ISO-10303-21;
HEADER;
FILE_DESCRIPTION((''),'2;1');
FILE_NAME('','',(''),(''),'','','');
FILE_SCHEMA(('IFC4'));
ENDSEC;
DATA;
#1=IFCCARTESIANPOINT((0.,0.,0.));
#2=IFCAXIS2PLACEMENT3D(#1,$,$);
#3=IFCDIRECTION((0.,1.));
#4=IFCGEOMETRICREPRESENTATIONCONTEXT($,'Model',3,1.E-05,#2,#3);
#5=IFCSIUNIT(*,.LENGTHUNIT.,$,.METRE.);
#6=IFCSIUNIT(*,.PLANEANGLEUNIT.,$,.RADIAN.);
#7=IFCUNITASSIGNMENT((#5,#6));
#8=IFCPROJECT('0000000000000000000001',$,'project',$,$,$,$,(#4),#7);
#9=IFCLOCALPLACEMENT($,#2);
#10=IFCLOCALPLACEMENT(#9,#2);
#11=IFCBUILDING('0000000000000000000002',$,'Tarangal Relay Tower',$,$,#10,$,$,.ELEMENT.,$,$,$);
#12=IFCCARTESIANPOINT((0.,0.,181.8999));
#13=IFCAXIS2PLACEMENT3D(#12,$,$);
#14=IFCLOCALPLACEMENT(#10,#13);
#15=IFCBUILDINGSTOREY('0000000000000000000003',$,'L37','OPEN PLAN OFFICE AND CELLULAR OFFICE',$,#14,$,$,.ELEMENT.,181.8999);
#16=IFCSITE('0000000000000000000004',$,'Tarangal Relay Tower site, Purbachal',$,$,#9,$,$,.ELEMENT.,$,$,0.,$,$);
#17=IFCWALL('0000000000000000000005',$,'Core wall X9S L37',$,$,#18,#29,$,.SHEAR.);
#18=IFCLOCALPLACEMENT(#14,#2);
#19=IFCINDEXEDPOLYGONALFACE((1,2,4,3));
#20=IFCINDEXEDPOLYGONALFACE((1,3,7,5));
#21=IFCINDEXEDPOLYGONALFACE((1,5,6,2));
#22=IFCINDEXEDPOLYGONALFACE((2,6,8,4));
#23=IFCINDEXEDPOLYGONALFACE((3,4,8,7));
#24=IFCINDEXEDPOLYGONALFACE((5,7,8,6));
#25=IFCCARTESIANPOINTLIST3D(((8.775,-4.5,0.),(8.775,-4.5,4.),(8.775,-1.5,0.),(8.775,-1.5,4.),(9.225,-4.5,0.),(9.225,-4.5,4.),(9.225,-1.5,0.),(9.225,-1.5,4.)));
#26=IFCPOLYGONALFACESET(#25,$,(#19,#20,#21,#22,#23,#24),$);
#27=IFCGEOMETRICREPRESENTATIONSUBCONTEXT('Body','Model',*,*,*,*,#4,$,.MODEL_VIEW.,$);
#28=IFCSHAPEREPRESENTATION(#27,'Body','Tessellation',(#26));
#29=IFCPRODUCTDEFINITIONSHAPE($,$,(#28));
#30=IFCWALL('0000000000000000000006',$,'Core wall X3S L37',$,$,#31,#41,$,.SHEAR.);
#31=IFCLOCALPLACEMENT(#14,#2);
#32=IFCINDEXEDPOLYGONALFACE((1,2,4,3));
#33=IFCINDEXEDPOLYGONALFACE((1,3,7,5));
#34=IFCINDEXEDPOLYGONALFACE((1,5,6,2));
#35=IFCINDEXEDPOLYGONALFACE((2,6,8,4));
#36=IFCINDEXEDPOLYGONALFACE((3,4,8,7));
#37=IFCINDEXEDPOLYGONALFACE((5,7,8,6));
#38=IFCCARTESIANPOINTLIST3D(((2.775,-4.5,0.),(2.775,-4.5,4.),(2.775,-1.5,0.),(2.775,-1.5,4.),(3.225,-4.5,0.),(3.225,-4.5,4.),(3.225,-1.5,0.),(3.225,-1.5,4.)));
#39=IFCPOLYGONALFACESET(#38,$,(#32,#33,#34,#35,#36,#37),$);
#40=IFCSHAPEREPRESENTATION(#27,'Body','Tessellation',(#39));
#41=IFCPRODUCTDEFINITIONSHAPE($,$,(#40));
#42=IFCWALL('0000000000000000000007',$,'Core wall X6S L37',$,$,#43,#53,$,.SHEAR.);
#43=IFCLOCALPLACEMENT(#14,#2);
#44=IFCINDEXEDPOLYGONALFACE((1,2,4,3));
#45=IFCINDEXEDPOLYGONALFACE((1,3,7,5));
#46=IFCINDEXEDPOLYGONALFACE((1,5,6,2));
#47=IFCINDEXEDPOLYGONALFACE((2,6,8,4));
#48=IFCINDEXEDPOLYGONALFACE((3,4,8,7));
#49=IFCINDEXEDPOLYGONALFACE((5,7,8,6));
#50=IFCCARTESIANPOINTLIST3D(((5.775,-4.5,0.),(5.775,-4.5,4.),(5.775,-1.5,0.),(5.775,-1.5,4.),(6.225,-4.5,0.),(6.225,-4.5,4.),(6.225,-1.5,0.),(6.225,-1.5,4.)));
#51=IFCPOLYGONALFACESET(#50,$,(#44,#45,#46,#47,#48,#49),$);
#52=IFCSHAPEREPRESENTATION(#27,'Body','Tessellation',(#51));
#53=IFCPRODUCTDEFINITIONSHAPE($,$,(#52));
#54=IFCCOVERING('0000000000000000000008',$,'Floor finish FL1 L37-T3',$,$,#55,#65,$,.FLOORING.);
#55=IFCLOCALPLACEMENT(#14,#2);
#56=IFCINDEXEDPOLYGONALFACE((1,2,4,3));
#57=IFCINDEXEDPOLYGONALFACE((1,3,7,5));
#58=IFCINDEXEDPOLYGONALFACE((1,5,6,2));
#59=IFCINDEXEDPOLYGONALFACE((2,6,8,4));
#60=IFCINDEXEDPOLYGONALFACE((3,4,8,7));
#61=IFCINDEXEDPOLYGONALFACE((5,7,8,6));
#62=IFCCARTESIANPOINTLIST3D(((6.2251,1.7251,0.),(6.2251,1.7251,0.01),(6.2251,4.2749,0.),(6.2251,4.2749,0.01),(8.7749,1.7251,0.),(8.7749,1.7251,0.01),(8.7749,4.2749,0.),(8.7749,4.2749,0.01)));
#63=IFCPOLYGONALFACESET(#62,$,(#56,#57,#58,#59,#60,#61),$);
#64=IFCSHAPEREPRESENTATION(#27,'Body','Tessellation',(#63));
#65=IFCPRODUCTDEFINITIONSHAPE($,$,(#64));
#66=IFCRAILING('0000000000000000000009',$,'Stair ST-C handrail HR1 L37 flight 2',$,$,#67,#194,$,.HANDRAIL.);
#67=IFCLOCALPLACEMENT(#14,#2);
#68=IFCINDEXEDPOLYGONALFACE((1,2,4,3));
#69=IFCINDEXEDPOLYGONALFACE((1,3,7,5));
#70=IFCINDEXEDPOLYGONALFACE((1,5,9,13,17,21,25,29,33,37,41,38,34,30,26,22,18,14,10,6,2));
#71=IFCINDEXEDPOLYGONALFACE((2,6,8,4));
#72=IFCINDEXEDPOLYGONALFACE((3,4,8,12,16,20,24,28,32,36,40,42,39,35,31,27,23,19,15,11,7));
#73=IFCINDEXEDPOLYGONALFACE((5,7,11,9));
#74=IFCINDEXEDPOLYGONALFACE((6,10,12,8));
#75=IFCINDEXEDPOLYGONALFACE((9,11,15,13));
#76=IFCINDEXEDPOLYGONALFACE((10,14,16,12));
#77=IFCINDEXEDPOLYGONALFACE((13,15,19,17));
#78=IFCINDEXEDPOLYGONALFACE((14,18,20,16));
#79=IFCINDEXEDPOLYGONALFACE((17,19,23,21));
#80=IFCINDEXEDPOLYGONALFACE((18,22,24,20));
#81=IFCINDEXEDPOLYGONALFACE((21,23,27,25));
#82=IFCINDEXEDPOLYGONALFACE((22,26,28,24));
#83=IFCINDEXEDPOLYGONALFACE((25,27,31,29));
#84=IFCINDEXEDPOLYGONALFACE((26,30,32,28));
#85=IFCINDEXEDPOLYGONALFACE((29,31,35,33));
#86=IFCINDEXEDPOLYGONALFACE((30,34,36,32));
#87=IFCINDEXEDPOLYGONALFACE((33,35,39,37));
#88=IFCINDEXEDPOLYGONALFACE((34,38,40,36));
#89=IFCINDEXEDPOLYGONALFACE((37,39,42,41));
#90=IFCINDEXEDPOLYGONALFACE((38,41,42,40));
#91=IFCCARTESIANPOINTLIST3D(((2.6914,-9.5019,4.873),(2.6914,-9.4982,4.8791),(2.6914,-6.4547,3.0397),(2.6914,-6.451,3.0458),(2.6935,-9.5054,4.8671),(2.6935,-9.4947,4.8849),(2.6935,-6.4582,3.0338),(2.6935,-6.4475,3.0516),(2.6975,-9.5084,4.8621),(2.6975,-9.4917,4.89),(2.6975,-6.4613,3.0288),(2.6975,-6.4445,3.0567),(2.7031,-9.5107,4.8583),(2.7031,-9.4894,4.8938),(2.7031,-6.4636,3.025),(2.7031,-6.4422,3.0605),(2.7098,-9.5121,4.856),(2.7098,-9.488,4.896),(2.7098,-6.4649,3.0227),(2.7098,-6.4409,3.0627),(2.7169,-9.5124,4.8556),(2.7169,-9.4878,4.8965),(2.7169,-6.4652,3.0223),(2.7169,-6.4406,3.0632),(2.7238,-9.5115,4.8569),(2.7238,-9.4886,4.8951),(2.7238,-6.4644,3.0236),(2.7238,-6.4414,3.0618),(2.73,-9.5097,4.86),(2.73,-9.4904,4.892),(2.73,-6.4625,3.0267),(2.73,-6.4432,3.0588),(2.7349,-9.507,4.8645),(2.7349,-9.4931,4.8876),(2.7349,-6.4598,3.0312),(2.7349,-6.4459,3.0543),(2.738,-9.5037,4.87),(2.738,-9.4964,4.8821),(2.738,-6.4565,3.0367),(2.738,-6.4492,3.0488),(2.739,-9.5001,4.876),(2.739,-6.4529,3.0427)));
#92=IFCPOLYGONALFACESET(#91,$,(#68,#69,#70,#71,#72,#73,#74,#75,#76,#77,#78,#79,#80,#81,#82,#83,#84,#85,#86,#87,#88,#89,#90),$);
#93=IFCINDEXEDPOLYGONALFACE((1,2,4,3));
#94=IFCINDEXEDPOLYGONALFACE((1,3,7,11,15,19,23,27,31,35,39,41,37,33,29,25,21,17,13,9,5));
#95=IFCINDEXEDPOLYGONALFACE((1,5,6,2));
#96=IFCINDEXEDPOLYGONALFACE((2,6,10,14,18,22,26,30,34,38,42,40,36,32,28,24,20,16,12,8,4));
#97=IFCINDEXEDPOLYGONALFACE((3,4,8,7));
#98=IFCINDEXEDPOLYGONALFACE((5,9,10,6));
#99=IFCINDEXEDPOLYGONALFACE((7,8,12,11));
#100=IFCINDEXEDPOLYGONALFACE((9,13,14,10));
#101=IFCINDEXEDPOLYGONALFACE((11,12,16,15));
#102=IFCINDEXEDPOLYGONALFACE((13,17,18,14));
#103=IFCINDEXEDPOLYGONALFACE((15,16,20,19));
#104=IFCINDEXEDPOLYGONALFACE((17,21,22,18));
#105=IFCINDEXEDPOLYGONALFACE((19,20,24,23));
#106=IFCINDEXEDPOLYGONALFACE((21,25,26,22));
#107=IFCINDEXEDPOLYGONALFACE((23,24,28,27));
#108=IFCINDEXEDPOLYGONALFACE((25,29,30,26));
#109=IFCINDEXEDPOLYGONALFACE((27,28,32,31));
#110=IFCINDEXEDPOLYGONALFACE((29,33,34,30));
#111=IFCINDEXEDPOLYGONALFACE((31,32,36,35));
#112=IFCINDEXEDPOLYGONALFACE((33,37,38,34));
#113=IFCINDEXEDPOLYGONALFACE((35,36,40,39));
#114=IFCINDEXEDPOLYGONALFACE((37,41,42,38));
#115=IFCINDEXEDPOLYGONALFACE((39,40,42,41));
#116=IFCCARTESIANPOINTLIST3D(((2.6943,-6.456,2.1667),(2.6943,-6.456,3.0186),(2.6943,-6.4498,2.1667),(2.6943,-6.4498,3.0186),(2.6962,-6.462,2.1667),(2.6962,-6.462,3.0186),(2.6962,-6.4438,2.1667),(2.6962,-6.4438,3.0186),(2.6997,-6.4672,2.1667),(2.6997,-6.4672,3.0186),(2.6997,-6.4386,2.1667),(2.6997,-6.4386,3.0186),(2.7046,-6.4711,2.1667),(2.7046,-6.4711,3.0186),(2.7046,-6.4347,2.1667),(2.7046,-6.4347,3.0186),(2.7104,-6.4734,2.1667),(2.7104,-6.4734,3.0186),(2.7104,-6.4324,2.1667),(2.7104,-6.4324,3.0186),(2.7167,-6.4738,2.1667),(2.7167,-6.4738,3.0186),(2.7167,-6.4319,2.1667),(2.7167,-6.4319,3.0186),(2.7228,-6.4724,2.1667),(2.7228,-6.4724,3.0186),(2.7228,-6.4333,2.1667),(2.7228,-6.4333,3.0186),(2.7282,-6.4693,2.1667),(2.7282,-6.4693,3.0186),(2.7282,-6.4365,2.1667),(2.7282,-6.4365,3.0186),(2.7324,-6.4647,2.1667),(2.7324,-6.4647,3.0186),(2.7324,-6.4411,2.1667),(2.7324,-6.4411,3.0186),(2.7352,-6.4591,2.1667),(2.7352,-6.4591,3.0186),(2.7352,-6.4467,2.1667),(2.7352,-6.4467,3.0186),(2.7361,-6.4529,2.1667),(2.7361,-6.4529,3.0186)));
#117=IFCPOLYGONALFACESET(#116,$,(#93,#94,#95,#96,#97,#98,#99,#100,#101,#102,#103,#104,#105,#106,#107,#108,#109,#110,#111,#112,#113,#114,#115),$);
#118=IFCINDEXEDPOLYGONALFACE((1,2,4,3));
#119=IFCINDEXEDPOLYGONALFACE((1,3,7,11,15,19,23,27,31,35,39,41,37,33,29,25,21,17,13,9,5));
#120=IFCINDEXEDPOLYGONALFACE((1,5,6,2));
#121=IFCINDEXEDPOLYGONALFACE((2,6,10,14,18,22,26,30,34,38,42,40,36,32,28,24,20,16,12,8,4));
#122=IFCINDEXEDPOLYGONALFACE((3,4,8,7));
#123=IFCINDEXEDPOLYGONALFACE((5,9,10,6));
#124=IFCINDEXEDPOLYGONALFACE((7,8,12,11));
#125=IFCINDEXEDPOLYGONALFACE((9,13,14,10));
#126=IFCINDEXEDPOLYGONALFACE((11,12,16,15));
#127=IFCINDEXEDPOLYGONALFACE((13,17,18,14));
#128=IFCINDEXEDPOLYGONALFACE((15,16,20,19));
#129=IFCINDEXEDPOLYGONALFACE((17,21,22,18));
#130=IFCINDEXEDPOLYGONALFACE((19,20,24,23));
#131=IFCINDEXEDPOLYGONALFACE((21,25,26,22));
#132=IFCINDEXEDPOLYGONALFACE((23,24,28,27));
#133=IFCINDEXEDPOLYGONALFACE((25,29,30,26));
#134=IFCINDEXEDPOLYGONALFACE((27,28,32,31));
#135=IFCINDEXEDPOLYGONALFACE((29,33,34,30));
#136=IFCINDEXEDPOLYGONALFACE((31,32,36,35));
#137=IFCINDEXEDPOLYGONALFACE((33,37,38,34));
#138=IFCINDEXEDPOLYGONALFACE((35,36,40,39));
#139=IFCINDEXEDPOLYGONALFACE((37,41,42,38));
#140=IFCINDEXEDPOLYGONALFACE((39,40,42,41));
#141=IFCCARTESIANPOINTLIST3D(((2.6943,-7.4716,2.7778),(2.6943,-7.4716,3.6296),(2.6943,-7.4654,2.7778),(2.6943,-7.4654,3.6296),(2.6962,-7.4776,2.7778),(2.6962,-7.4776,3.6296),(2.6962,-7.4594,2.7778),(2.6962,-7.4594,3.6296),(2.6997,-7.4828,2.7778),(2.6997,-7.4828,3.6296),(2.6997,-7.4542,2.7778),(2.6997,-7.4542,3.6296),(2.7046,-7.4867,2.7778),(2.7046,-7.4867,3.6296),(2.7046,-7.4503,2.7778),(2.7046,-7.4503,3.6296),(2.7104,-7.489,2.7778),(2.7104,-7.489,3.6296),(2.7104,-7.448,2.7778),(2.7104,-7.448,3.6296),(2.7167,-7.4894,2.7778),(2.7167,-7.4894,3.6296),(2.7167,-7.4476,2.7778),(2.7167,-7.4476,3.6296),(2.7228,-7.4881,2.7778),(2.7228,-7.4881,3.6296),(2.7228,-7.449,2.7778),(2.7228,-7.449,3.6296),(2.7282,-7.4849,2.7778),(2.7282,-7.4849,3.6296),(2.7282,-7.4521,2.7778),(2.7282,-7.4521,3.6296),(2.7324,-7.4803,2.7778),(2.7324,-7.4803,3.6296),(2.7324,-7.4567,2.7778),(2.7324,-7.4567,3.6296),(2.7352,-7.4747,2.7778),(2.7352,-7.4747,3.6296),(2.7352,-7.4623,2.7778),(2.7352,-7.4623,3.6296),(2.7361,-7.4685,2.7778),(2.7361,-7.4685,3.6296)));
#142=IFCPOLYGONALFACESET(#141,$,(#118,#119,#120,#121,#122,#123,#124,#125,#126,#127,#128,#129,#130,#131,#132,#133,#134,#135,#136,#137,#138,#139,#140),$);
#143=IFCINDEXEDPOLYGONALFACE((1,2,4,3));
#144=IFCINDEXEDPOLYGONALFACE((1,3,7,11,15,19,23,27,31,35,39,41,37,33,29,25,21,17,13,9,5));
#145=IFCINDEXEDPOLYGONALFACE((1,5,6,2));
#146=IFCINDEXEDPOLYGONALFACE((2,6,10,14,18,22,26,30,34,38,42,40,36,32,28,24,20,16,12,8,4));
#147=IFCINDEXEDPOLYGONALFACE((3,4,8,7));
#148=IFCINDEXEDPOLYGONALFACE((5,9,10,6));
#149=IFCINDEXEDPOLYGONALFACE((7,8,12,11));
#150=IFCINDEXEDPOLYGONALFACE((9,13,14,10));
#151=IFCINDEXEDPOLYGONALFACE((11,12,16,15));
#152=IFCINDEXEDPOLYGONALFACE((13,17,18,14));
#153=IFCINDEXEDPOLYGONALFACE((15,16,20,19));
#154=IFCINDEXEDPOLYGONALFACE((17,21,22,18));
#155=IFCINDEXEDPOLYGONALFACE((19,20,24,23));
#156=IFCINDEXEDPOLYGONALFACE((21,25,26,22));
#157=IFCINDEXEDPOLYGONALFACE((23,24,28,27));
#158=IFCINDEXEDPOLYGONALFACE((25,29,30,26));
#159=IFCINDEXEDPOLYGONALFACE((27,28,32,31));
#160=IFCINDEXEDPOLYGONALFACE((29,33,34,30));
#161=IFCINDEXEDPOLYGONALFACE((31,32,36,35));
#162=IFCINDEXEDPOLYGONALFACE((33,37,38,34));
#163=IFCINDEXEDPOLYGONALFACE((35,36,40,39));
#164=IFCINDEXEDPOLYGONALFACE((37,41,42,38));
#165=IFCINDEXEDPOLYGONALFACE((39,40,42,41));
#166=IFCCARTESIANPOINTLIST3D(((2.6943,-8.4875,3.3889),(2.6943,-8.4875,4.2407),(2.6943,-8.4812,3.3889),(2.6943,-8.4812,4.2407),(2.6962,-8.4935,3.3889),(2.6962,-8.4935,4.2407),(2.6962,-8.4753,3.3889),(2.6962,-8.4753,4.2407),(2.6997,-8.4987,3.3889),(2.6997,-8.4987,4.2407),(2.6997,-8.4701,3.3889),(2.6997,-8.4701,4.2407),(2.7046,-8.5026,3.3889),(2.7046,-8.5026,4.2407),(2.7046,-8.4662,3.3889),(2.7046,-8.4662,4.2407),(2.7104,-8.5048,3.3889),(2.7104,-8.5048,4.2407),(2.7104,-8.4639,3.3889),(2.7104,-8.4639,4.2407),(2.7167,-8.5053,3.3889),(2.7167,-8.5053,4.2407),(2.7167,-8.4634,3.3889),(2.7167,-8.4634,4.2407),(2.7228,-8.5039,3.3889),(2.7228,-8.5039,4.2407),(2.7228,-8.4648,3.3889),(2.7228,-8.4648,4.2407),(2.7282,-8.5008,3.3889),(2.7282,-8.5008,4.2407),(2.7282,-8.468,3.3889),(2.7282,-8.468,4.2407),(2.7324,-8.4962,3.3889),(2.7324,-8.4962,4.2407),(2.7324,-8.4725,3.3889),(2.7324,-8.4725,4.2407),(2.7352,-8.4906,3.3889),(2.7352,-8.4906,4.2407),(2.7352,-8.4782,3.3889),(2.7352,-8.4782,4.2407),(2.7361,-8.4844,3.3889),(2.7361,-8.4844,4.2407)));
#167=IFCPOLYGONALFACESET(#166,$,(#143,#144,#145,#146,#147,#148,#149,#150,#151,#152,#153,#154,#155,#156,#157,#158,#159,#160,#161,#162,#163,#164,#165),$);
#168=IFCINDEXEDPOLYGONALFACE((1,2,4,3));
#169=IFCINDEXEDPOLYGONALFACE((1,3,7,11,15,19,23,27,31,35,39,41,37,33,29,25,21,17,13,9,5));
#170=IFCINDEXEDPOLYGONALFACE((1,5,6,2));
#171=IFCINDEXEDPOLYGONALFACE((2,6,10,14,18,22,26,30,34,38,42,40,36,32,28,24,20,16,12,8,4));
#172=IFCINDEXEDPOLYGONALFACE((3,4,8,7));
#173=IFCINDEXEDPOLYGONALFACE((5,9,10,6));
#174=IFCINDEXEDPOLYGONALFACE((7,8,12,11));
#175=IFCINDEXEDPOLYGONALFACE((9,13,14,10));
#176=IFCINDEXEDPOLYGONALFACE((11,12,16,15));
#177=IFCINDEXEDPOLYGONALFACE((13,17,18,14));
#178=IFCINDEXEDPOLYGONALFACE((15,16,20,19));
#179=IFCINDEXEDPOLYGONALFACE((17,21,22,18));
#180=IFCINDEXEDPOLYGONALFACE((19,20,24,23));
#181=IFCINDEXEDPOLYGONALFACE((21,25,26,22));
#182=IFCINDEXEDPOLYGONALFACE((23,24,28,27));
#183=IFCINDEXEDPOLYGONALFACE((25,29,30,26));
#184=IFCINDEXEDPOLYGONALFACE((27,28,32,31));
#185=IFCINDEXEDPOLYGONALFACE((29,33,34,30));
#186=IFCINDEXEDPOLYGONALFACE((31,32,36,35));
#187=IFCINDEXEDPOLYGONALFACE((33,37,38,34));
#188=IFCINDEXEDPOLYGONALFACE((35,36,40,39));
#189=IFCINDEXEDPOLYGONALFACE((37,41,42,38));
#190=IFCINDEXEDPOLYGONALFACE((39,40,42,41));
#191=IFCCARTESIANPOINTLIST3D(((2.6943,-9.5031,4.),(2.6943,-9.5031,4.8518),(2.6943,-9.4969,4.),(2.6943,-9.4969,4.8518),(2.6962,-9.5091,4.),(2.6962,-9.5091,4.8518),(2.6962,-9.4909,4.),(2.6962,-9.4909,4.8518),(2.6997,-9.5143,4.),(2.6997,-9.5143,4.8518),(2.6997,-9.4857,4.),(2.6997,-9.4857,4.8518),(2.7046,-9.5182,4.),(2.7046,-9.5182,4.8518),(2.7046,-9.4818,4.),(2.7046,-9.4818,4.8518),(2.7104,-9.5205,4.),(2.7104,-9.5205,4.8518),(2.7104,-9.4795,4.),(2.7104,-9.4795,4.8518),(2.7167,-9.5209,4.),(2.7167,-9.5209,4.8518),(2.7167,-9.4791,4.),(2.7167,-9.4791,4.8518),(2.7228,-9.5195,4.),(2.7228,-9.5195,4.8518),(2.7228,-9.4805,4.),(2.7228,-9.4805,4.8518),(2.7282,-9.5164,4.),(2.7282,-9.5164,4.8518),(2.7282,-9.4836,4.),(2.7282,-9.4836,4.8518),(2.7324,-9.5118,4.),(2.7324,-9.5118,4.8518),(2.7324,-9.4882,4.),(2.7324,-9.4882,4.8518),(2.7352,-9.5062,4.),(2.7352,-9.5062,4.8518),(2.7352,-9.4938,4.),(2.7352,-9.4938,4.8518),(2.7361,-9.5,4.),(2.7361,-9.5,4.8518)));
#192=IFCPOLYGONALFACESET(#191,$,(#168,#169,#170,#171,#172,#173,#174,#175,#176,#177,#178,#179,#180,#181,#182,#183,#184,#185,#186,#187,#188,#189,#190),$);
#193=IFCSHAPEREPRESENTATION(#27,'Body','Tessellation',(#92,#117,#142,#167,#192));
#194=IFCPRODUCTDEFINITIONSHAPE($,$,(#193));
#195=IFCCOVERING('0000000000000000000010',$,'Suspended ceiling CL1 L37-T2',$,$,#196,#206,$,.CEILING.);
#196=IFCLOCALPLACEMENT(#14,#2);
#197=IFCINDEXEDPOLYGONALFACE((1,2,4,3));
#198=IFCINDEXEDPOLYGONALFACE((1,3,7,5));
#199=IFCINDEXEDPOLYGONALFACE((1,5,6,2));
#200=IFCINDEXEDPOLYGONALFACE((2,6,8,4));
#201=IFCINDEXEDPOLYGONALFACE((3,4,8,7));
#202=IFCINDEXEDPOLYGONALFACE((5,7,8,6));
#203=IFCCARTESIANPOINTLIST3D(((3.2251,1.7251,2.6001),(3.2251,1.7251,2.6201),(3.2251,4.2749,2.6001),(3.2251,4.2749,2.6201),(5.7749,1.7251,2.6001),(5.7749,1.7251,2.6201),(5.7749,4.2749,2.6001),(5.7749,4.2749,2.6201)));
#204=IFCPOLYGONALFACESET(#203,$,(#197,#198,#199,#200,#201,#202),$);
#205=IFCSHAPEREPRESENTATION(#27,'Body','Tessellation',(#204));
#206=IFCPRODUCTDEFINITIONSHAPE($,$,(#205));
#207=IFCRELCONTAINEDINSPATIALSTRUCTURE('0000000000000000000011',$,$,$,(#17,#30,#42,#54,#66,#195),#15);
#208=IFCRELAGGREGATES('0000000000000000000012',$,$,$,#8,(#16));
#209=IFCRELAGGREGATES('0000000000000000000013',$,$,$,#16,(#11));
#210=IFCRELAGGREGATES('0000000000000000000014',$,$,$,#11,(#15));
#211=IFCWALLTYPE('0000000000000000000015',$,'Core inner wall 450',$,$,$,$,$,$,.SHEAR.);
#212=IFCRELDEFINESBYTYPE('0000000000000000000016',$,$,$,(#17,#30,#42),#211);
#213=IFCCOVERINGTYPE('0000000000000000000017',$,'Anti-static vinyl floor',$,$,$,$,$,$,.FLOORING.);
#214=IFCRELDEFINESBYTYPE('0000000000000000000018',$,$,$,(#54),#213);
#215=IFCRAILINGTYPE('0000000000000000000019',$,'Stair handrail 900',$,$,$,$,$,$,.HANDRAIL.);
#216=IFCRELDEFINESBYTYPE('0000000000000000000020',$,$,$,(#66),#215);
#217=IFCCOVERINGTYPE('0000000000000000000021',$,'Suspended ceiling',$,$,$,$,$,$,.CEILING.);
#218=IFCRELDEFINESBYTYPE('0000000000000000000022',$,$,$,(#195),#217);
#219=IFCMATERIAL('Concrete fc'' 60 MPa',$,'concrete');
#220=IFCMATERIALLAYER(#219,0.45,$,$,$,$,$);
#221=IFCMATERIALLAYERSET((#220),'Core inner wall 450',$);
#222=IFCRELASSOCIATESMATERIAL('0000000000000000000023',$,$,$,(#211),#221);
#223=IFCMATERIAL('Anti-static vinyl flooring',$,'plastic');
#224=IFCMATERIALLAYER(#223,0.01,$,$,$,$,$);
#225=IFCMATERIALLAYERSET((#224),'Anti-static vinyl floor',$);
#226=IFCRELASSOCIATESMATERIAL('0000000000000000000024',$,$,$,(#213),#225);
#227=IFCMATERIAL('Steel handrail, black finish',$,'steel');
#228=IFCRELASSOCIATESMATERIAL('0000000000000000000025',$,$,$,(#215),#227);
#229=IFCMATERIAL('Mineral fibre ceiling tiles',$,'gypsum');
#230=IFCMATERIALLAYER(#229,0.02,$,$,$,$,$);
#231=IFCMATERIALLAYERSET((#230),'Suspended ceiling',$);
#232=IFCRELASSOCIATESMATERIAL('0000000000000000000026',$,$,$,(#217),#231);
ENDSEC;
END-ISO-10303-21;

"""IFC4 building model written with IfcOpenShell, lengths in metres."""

from ifc_helpers import new_model, si_unit, direction, frame, frame_2d, origin, origin_2d, place, context, subcontext, project, spatial, polyline, rectangle, circle, outline, extrude, material, layer, layer_set, type_object, element, save


model = new_model("IFC4")

# Units and contexts
model_context = context("Model", 3, precision=1e-05, world=origin(), true_north=direction((0.0, 1.0)))
body_context = subcontext(model_context, "Body", "Model", "MODEL_VIEW")
ifc_project = project(units=[si_unit("LENGTHUNIT", "METRE"), si_unit("PLANEANGLEUNIT", "RADIAN")], contexts=[model_context])

# Site, building, storey
site_placement = place(None, origin())
site = spatial("IfcSite", under=ifc_project, at=site_placement, Name="Tarangal Relay Tower site, Purbachal", CompositionType="ELEMENT", RefElevation=0.0)
building_placement = place(site_placement, origin())
building = spatial("IfcBuilding", under=site, at=building_placement, Name="Tarangal Relay Tower", CompositionType="ELEMENT")
storey_placement = place(building_placement, frame((0.0, 0.0, 181.8999)))
storey = spatial("IfcBuildingStorey", under=building, at=storey_placement, Name="L37", Description="OPEN PLAN OFFICE AND CELLULAR OFFICE", CompositionType="ELEMENT", Elevation=181.8999)

# Walls
ifc_material_1 = material(Name="Concrete fc' 60 MPa", Category="concrete")
ifc_layer_1 = layer(ifc_material_1, 0.45)
ifc_layer_set_1 = layer_set([ifc_layer_1], Name="Core inner wall 450")
wall_type_1 = type_object("IfcWallType", Name="Core inner wall 450", PredefinedType="SHEAR", material=ifc_layer_set_1)
for number, where, z_axis, x_axis, name in (
    (1, (9.0, -4.5, 0.0), (0.0, 0.0, 1.0), (0.0, 1.0, 0.0), "Core wall X9S L37"),
    (2, (3.0, -4.5, 0.0), (0.0, 0.0, 1.0), (0.0, 1.0, 0.0), "Core wall X3S L37"),
    (3, (6.0, -4.5, 0.0), (0.0, 0.0, 1.0), (0.0, 1.0, 0.0), "Core wall X6S L37"),
):
    element("IfcWall", number, at=place(storey_placement, frame(where, z_axis=z_axis, x_axis=x_axis)), inside=storey, type_object=wall_type_1, Name=name, PredefinedType="SHEAR", context=body_context, shape_type="SweptSolid", body=[
        extrude(rectangle(XDim=3.0, YDim=0.45, at=frame_2d((1.5, 0.0))), origin(), (0.0, 0.0, 1.0), 4.0),
    ])

# Covering
ifc_material_2 = material(Name="Anti-static vinyl flooring", Category="plastic")
ifc_layer_2 = layer(ifc_material_2, 0.01)
ifc_layer_set_2 = layer_set([ifc_layer_2], Name="Anti-static vinyl floor")
covering_type_1 = type_object("IfcCoveringType", Name="Anti-static vinyl floor", PredefinedType="FLOORING", material=ifc_layer_set_2)
covering_1_placement = place(storey_placement, origin())
element("IfcCovering", 4, at=covering_1_placement, inside=storey, type_object=covering_type_1, Name="Floor finish FL1 L37-T3", PredefinedType="FLOORING", context=body_context, shape_type="SweptSolid", body=[
    extrude(outline(polyline([(6.2251, 1.7251), (8.7749, 1.7251), (8.7749, 4.2749), (6.2251, 4.2749), (6.2251, 1.7251)])), origin(), (0.0, 0.0, 1.0), 0.01),
])

# Railing
ifc_material_3 = material(Name="Steel handrail, black finish", Category="steel")
railing_type = type_object("IfcRailingType", Name="Stair handrail 900", PredefinedType="HANDRAIL", material=ifc_material_3)
railing_placement = place(storey_placement, frame((2.7151, -6.4529, 2.1667)))
element("IfcRailing", 5, at=railing_placement, inside=storey, type_object=railing_type, Name="Stair ST-C handrail HR1 L37 flight 2", PredefinedType="HANDRAIL", context=body_context, shape_type="SweptSolid", body=[
    extrude(circle(Radius=0.0239, at=origin_2d()), frame((0.0, 0.0, 0.876), z_axis=(0.0, -0.856874, 0.515525), x_axis=(1.0, 0.0, 0.0)), (0.0, 0.0, 1.0), 3.5562),
    extrude(circle(Radius=0.021, at=origin_2d()), origin(), (0.0, 0.0, 1.0), 0.8518),
    extrude(circle(Radius=0.021, at=origin_2d()), frame((0.0, -1.0156, 0.6111)), (0.0, 0.0, 1.0), 0.8518),
    extrude(circle(Radius=0.021, at=origin_2d()), frame((0.0, -2.0315, 1.2222)), (0.0, 0.0, 1.0), 0.8518),
    extrude(circle(Radius=0.021, at=origin_2d()), frame((0.0, -3.0471, 1.8333)), (0.0, 0.0, 1.0), 0.8518),
])

# Covering
ifc_material_4 = material(Name="Mineral fibre ceiling tiles", Category="gypsum")
ifc_layer_3 = layer(ifc_material_4, 0.02)
ifc_layer_set_3 = layer_set([ifc_layer_3], Name="Suspended ceiling")
covering_type_2 = type_object("IfcCoveringType", Name="Suspended ceiling", PredefinedType="CEILING", material=ifc_layer_set_3)
covering_2_placement = place(storey_placement, frame((0.0, 0.0, 2.6001)))
element("IfcCovering", 6, at=covering_2_placement, inside=storey, type_object=covering_type_2, Name="Suspended ceiling CL1 L37-T2", PredefinedType="CEILING", context=body_context, shape_type="SweptSolid", body=[
    extrude(outline(polyline([(3.2251, 1.7251), (5.7749, 1.7251), (5.7749, 4.2749), (3.2251, 4.2749), (3.2251, 1.7251)])), origin(), (0.0, 0.0, 1.0), 0.02),
])

save(model, "model.ifc")
